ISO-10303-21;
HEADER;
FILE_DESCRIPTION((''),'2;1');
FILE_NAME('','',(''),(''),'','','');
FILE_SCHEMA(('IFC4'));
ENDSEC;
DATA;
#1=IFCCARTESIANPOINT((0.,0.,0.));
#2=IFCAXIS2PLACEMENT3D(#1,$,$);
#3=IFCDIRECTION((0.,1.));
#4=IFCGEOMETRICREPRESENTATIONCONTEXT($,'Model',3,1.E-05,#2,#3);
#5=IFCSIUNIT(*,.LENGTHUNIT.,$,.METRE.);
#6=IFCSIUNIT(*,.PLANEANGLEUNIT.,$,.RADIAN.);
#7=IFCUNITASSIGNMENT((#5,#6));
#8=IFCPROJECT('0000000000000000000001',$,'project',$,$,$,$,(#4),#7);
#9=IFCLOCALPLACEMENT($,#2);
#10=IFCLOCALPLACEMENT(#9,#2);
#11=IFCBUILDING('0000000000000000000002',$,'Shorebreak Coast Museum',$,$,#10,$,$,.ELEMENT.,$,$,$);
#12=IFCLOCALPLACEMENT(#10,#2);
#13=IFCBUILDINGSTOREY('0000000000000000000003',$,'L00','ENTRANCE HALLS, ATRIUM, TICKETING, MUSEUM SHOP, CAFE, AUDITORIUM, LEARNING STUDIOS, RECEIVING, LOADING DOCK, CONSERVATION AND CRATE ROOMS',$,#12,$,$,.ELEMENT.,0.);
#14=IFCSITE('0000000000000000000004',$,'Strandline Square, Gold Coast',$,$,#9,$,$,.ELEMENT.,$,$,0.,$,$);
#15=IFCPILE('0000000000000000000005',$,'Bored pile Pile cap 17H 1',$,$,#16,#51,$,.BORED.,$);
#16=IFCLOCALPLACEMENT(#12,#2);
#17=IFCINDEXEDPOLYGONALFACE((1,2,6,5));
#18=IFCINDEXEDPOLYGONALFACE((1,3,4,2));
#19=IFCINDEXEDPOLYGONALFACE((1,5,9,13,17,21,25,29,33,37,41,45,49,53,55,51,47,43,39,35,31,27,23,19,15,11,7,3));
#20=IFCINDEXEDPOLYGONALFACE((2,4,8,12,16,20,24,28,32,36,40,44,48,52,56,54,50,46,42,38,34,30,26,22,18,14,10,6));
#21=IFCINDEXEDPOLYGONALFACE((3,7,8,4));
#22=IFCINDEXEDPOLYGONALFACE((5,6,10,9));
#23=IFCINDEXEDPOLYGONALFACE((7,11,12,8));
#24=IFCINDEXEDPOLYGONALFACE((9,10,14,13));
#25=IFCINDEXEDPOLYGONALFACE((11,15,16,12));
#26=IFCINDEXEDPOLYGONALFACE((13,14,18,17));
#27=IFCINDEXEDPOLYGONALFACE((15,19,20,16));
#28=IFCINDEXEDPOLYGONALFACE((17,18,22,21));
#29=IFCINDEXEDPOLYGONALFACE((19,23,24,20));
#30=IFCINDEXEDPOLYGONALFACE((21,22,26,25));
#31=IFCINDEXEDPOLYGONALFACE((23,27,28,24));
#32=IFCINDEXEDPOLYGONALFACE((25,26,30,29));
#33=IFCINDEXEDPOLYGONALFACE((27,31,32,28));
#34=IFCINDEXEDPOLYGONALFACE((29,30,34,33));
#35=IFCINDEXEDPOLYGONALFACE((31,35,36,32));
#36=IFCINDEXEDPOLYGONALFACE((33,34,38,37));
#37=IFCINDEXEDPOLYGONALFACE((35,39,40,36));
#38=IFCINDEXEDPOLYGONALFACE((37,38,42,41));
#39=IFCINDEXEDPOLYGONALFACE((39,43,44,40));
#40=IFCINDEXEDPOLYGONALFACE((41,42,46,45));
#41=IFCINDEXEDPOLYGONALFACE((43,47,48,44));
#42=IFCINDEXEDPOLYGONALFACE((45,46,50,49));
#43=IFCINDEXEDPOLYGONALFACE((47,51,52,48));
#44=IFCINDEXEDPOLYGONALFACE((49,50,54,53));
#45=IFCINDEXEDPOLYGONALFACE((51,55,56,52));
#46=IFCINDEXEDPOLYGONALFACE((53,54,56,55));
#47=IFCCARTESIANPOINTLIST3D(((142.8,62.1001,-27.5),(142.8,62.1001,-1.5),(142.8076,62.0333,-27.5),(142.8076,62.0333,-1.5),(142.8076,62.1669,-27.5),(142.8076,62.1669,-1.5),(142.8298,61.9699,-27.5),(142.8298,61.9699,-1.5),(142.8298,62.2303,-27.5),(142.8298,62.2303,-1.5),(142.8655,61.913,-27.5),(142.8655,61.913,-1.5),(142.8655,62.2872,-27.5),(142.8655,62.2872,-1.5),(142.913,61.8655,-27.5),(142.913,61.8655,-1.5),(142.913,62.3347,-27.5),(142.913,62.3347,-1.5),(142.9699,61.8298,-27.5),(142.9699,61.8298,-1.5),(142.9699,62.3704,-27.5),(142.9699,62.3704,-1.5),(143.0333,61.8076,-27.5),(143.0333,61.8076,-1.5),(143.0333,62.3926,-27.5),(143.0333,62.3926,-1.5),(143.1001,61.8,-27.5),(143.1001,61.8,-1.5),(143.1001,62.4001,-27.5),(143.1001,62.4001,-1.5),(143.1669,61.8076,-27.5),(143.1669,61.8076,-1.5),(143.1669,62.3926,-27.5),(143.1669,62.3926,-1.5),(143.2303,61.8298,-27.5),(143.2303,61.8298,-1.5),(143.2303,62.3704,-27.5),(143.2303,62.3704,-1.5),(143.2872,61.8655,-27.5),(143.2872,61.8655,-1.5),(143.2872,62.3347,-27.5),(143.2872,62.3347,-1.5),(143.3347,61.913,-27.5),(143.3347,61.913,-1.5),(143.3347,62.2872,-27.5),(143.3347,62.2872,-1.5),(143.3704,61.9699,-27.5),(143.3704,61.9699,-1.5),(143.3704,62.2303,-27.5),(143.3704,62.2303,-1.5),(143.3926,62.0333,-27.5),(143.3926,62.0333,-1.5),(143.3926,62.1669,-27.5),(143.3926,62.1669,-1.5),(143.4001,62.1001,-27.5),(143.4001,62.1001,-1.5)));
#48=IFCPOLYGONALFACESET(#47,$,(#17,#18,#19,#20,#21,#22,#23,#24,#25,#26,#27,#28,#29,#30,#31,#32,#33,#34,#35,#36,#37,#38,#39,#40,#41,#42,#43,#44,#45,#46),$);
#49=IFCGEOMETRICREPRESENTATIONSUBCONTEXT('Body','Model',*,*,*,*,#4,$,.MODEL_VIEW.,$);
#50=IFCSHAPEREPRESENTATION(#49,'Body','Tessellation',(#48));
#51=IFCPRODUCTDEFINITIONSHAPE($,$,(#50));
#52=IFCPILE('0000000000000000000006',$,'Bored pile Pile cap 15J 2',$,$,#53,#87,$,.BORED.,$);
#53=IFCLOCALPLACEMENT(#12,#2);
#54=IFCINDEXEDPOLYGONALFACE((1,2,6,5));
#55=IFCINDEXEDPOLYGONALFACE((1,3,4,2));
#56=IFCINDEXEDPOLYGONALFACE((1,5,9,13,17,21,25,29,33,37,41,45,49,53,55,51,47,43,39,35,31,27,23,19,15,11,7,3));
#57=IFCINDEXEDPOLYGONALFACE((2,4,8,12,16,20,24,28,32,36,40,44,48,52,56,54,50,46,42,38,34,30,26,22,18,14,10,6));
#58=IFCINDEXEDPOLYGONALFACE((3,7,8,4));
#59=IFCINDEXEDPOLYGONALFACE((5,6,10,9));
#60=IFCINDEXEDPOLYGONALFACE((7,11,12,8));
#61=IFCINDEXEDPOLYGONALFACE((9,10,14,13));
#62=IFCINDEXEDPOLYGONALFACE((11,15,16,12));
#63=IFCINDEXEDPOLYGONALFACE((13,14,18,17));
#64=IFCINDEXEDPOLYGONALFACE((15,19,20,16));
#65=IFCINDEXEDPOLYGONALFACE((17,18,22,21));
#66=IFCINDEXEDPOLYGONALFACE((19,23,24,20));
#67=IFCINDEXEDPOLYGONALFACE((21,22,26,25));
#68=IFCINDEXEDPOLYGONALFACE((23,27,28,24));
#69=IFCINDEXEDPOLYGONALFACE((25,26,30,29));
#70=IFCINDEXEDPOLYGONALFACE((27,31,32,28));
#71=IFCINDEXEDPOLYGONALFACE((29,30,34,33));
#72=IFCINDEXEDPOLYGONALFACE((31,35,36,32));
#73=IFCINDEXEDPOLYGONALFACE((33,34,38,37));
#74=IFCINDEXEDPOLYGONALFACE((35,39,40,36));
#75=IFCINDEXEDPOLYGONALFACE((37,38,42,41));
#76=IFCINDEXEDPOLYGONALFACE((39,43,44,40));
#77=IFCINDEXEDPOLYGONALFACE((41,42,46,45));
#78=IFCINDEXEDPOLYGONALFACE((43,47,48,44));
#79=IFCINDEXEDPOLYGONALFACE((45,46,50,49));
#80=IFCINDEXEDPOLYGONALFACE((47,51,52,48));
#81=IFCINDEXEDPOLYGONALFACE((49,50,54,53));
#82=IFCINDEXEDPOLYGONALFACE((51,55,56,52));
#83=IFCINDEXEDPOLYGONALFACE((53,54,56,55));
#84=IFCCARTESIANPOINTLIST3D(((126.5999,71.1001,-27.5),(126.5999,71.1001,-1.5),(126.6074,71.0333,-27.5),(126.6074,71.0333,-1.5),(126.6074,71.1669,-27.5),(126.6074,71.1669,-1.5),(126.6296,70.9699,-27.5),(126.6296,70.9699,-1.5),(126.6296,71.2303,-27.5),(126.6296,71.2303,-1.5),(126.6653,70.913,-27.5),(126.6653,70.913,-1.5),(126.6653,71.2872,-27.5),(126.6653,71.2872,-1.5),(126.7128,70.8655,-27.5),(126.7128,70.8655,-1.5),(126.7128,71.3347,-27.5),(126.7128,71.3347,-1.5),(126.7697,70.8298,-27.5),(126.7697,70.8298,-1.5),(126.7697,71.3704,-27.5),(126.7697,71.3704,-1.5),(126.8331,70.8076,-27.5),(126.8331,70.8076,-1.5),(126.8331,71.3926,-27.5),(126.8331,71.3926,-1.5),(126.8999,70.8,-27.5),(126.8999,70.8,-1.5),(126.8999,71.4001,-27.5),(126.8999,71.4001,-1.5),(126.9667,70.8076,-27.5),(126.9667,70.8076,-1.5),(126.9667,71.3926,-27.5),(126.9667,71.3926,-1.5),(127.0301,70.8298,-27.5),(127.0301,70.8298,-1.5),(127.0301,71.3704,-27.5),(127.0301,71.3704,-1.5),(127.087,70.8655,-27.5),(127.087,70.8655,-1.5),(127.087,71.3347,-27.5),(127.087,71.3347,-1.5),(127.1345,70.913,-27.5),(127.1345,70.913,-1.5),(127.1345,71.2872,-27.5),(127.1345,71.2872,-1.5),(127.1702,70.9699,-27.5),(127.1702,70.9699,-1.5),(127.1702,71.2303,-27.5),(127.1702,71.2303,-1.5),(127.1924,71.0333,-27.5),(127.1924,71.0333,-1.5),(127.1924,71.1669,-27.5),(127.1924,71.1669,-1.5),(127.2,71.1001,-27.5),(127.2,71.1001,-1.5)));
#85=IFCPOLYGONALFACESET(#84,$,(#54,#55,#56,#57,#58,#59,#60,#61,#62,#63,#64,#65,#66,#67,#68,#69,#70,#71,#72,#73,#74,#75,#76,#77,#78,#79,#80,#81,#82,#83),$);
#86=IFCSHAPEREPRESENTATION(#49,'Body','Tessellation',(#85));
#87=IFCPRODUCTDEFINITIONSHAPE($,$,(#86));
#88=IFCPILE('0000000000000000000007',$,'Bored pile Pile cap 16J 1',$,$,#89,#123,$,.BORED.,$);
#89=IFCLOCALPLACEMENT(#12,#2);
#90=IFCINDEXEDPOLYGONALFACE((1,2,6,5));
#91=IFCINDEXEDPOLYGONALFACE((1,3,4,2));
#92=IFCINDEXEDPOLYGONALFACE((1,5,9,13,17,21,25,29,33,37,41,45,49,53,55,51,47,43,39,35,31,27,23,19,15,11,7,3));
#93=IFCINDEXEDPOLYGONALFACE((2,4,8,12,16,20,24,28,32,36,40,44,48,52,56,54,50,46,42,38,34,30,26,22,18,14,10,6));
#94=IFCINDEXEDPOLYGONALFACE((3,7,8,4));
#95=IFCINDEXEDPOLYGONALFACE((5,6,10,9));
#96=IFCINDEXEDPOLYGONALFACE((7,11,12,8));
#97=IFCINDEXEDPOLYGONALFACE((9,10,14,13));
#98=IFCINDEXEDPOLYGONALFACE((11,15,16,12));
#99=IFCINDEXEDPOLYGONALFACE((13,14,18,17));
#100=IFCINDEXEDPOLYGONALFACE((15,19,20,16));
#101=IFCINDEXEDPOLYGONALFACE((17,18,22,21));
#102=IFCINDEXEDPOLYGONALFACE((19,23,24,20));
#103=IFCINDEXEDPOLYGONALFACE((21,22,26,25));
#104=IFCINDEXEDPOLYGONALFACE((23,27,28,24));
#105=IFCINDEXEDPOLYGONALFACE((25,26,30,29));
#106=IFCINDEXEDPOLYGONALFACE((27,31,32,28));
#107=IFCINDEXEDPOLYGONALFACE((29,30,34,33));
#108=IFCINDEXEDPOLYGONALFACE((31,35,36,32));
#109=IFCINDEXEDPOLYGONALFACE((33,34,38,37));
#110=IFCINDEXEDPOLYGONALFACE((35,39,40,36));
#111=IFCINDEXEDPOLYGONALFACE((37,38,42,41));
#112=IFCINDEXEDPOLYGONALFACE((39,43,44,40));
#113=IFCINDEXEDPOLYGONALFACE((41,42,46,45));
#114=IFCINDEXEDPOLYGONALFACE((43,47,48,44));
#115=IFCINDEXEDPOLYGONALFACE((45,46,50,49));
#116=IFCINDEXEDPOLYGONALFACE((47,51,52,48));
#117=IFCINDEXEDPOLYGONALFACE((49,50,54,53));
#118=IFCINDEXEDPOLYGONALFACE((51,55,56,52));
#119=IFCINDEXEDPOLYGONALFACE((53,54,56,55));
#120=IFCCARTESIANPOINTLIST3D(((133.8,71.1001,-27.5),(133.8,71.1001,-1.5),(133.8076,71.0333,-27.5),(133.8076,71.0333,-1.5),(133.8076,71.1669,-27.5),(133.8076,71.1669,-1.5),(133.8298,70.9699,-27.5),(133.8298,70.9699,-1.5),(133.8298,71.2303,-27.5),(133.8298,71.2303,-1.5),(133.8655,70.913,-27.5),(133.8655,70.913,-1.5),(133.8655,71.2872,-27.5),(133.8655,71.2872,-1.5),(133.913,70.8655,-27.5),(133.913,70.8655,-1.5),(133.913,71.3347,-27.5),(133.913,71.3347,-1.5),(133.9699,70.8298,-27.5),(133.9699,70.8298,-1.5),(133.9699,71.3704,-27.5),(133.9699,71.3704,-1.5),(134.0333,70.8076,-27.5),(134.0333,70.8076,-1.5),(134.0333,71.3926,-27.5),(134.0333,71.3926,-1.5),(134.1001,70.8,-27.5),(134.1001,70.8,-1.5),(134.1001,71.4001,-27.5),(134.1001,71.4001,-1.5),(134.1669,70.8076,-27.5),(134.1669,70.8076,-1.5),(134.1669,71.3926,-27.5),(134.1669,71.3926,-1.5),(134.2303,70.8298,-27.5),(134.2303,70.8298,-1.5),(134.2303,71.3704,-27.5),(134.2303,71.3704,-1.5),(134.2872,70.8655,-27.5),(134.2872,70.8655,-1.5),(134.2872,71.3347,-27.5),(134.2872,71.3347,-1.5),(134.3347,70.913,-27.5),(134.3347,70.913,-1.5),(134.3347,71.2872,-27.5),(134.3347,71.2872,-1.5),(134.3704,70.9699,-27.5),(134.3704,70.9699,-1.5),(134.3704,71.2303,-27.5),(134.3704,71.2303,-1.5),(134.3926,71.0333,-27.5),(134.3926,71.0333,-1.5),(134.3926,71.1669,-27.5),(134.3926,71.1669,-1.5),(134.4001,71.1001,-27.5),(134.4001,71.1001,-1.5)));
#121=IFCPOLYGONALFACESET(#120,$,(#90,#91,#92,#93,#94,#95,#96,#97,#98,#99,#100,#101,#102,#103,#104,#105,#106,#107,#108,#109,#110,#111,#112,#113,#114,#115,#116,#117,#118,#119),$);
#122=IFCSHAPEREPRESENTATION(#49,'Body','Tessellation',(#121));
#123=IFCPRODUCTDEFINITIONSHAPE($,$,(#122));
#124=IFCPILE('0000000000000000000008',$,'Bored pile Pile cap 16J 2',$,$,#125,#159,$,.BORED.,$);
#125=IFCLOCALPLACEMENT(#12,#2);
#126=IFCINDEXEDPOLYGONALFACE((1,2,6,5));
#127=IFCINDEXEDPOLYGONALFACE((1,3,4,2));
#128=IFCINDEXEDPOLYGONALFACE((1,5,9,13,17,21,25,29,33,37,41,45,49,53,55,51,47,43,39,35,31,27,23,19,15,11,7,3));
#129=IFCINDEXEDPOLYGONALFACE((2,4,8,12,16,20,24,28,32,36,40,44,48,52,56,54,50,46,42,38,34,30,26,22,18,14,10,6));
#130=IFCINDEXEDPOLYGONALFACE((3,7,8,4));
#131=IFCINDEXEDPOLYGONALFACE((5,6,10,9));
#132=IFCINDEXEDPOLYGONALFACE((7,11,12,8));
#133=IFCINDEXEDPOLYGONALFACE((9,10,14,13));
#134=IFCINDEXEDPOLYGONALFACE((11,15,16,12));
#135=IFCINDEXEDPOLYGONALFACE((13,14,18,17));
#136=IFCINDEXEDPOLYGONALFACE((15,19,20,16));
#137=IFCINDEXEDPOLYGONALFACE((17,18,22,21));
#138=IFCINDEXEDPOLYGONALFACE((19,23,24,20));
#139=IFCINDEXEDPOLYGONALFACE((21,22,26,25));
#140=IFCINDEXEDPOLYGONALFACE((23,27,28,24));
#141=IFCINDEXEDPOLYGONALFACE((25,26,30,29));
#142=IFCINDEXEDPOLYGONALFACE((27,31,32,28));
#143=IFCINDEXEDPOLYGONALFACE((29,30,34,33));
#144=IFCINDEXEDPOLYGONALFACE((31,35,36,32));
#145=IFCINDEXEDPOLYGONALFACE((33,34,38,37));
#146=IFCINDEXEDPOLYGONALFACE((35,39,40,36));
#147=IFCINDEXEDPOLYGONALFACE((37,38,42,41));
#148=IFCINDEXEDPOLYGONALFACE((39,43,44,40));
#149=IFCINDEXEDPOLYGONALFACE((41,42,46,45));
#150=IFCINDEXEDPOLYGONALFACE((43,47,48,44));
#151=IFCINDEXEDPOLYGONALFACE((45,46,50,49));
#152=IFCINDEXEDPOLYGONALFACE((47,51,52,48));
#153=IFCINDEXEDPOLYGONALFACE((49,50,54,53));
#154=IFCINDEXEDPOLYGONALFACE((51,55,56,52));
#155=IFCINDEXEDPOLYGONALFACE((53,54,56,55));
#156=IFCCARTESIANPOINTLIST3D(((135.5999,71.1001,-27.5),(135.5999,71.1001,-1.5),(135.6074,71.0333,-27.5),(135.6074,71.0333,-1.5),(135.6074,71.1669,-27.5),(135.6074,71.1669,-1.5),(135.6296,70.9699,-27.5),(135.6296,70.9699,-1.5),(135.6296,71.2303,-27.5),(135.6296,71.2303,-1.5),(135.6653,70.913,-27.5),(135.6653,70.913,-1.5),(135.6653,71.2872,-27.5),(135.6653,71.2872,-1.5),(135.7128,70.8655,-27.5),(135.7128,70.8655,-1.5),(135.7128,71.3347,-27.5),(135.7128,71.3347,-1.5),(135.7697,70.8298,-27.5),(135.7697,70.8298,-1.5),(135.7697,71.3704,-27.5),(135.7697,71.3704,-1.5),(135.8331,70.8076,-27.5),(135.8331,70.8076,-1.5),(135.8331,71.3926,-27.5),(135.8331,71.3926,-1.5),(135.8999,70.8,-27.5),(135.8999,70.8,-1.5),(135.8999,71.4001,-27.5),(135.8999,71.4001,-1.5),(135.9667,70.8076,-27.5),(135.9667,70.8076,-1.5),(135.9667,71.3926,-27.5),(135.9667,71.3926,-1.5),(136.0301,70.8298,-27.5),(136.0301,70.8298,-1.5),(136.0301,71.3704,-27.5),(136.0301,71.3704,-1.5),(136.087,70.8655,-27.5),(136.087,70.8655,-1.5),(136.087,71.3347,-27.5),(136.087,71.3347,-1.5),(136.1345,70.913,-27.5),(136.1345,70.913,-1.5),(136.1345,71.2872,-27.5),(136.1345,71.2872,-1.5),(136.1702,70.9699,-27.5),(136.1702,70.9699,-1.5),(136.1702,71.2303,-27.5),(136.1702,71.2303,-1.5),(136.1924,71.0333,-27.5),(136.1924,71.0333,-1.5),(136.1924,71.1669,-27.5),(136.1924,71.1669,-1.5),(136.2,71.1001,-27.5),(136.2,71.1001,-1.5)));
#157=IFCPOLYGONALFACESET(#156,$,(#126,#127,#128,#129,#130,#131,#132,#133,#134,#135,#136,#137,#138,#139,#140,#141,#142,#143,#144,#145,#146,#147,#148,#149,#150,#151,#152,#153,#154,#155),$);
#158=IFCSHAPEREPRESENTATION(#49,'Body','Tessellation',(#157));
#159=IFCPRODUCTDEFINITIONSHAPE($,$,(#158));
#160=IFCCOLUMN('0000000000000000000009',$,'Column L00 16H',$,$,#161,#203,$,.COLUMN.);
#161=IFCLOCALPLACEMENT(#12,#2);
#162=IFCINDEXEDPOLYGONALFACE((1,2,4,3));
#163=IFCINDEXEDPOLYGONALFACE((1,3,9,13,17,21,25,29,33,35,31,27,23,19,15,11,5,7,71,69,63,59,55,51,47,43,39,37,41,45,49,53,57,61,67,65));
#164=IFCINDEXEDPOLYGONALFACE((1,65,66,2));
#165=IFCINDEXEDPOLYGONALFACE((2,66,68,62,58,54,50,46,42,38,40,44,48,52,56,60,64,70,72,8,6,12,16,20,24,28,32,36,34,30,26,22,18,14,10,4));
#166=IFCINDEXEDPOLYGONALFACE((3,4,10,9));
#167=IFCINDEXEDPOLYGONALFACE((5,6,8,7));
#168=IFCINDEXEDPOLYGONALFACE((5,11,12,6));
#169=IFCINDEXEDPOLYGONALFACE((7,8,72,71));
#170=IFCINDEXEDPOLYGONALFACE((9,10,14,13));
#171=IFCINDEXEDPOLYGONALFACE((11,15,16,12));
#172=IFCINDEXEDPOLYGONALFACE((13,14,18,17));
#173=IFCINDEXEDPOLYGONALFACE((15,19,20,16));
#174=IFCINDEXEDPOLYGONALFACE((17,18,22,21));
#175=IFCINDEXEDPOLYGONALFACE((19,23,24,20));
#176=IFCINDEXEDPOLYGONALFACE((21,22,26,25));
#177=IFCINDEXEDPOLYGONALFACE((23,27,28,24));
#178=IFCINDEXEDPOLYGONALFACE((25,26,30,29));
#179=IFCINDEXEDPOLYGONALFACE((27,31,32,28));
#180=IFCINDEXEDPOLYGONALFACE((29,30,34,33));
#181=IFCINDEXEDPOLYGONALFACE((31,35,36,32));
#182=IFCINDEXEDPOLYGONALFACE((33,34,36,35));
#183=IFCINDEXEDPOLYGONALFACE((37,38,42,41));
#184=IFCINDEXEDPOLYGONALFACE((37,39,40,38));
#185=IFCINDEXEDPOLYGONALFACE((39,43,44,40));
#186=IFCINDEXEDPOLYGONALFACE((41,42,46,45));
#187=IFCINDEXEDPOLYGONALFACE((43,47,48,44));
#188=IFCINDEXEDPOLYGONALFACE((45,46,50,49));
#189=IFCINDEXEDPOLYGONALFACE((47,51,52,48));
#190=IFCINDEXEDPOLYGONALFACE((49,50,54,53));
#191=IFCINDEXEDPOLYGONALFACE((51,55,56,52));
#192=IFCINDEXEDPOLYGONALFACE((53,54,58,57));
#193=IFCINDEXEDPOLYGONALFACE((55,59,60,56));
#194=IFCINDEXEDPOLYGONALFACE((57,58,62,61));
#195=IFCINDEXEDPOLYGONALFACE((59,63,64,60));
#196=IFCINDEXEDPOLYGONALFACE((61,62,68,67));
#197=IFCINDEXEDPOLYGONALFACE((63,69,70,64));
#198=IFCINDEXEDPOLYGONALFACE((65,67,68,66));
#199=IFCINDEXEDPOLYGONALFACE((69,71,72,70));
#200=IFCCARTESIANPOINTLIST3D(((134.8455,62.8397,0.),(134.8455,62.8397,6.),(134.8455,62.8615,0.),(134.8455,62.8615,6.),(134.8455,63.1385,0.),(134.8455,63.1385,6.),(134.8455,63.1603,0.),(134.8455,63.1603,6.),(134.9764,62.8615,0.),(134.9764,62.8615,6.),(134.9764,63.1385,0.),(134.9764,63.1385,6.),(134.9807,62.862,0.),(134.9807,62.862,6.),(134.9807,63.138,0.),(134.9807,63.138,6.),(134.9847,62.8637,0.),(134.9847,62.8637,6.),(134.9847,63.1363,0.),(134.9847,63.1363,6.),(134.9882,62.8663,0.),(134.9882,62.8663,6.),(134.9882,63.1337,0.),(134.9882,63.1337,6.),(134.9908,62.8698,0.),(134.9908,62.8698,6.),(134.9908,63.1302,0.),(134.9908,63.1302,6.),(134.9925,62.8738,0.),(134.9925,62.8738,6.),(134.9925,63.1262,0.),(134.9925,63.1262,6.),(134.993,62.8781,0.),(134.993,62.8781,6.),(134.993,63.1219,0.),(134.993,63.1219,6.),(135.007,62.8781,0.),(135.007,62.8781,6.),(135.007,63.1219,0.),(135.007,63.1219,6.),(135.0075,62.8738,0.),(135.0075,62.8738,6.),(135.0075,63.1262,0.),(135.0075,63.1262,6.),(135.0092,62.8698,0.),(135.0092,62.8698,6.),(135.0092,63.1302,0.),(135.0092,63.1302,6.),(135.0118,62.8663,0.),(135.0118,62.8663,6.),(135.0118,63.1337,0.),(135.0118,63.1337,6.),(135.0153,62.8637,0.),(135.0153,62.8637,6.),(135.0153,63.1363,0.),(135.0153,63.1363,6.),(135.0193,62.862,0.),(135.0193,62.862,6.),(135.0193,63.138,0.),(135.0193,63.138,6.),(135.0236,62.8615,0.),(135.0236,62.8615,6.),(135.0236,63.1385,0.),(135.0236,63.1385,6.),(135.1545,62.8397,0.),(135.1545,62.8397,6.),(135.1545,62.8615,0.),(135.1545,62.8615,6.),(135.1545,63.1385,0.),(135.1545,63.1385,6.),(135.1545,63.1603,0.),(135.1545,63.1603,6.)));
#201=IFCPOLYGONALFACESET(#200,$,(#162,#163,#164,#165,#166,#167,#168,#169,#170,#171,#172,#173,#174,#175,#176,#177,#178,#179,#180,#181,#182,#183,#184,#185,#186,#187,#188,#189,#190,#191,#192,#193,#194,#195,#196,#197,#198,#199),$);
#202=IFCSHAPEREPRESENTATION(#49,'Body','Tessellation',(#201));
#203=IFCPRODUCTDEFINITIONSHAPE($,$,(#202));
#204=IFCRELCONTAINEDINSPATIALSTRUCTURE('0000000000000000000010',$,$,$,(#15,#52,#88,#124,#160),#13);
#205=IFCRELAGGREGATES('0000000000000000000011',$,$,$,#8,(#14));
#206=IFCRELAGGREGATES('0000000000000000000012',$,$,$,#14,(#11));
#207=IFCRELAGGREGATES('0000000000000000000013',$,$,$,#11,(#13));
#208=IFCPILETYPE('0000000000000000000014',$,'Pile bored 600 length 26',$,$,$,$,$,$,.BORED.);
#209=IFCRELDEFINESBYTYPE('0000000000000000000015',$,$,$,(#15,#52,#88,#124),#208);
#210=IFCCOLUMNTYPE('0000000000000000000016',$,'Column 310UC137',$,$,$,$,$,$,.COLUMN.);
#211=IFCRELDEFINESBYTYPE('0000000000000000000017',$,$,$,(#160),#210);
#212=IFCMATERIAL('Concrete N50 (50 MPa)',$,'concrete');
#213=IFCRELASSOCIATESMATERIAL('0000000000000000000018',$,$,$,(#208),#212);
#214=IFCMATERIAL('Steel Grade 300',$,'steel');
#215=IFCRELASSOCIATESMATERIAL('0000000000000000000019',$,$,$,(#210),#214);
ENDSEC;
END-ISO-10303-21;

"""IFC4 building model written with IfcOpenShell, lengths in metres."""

from ifc_helpers import new_model, si_unit, direction, frame, origin, origin_2d, place, context, subcontext, project, spatial, circle, i_section, extrude, material, material_profile, profile_set, type_object, element, save


model = new_model("IFC4")

# Units and contexts
model_context = context("Model", 3, precision=1e-05, world=origin(), true_north=direction((0.0, 1.0)))
body_context = subcontext(model_context, "Body", "Model", "MODEL_VIEW")
ifc_project = project(units=[si_unit("LENGTHUNIT", "METRE"), si_unit("PLANEANGLEUNIT", "RADIAN")], contexts=[model_context])

# Site, building, storey
site_placement = place(None, origin())
site = spatial("IfcSite", under=ifc_project, at=site_placement, Name="Strandline Square, Gold Coast", CompositionType="ELEMENT", RefElevation=0.0)
building_placement = place(site_placement, origin())
building = spatial("IfcBuilding", under=site, at=building_placement, Name="Shorebreak Coast Museum", CompositionType="ELEMENT")
storey_placement = place(building_placement, origin())
storey = spatial("IfcBuildingStorey", under=building, at=storey_placement, Name="L00", Description="ENTRANCE HALLS, ATRIUM, TICKETING, MUSEUM SHOP, CAFE, AUDITORIUM, LEARNING STUDIOS, RECEIVING, LOADING DOCK, CONSERVATION AND CRATE ROOMS", CompositionType="ELEMENT", Elevation=0.0)

# Piles
ifc_material_1 = material(Name="Concrete N50 (50 MPa)", Category="concrete")
ifc_material_profile_1 = material_profile(ifc_material_1, circle(Radius=0.3, at=origin_2d()), Name="Pile bored 600 length 26")
ifc_profile_set_1 = profile_set([ifc_material_profile_1], Name="Concrete N50 (50 MPa)")
pile_type = type_object("IfcPileType", Name="Pile bored 600 length 26", PredefinedType="BORED", material=ifc_profile_set_1)
for number, where, z_axis, x_axis, name in (
    (1, (143.1001, 62.1001, -1.5), (0.0, 0.0, -1.0), (1.0, 0.0, 0.0), "Bored pile Pile cap 17H 1"),
    (2, (126.8999, 71.1001, -1.5), (0.0, 0.0, -1.0), (1.0, 0.0, 0.0), "Bored pile Pile cap 15J 2"),
    (3, (134.1001, 71.1001, -1.5), (0.0, 0.0, -1.0), (1.0, 0.0, 0.0), "Bored pile Pile cap 16J 1"),
    (4, (135.8999, 71.1001, -1.5), (0.0, 0.0, -1.0), (1.0, 0.0, 0.0), "Bored pile Pile cap 16J 2"),
):
    element("IfcPile", number, at=place(storey_placement, frame(where, z_axis=z_axis, x_axis=x_axis)), inside=storey, type_object=pile_type, Name=name, PredefinedType="BORED", context=body_context, shape_type="SweptSolid", body=[
        extrude(circle(Radius=0.3, at=origin_2d()), origin(), (0.0, 0.0, 1.0), 26.0),
    ])

# Column
ifc_material_2 = material(Name="Steel Grade 300", Category="steel")
ifc_material_profile_2 = material_profile(ifc_material_2, i_section(OverallWidth=0.3091, OverallDepth=0.3206, WebThickness=0.0139, FlangeThickness=0.0217, FilletRadius=0.0166, at=origin_2d()), Name="310UC137")
ifc_profile_set_2 = profile_set([ifc_material_profile_2], Name="Steel Grade 300")
column_type = type_object("IfcColumnType", Name="Column 310UC137", PredefinedType="COLUMN", material=ifc_profile_set_2)
for number, where, z_axis, x_axis, name in (
    (5, (135.0, 63.0, 0.0), (0.0, 0.0, 1.0), (1.0, 0.0, 0.0), "Column L00 16H"),
):
    element("IfcColumn", number, at=place(storey_placement, frame(where, z_axis=z_axis, x_axis=x_axis)), inside=storey, type_object=column_type, Name=name, PredefinedType="COLUMN", context=body_context, shape_type="SweptSolid", body=[
        extrude(i_section(OverallWidth=0.3091, OverallDepth=0.3206, WebThickness=0.0139, FlangeThickness=0.0217, FilletRadius=0.0166, at=origin_2d()), origin(), (0.0, 0.0, 1.0), 6.0),
    ])

save(model, "model.ifc")
